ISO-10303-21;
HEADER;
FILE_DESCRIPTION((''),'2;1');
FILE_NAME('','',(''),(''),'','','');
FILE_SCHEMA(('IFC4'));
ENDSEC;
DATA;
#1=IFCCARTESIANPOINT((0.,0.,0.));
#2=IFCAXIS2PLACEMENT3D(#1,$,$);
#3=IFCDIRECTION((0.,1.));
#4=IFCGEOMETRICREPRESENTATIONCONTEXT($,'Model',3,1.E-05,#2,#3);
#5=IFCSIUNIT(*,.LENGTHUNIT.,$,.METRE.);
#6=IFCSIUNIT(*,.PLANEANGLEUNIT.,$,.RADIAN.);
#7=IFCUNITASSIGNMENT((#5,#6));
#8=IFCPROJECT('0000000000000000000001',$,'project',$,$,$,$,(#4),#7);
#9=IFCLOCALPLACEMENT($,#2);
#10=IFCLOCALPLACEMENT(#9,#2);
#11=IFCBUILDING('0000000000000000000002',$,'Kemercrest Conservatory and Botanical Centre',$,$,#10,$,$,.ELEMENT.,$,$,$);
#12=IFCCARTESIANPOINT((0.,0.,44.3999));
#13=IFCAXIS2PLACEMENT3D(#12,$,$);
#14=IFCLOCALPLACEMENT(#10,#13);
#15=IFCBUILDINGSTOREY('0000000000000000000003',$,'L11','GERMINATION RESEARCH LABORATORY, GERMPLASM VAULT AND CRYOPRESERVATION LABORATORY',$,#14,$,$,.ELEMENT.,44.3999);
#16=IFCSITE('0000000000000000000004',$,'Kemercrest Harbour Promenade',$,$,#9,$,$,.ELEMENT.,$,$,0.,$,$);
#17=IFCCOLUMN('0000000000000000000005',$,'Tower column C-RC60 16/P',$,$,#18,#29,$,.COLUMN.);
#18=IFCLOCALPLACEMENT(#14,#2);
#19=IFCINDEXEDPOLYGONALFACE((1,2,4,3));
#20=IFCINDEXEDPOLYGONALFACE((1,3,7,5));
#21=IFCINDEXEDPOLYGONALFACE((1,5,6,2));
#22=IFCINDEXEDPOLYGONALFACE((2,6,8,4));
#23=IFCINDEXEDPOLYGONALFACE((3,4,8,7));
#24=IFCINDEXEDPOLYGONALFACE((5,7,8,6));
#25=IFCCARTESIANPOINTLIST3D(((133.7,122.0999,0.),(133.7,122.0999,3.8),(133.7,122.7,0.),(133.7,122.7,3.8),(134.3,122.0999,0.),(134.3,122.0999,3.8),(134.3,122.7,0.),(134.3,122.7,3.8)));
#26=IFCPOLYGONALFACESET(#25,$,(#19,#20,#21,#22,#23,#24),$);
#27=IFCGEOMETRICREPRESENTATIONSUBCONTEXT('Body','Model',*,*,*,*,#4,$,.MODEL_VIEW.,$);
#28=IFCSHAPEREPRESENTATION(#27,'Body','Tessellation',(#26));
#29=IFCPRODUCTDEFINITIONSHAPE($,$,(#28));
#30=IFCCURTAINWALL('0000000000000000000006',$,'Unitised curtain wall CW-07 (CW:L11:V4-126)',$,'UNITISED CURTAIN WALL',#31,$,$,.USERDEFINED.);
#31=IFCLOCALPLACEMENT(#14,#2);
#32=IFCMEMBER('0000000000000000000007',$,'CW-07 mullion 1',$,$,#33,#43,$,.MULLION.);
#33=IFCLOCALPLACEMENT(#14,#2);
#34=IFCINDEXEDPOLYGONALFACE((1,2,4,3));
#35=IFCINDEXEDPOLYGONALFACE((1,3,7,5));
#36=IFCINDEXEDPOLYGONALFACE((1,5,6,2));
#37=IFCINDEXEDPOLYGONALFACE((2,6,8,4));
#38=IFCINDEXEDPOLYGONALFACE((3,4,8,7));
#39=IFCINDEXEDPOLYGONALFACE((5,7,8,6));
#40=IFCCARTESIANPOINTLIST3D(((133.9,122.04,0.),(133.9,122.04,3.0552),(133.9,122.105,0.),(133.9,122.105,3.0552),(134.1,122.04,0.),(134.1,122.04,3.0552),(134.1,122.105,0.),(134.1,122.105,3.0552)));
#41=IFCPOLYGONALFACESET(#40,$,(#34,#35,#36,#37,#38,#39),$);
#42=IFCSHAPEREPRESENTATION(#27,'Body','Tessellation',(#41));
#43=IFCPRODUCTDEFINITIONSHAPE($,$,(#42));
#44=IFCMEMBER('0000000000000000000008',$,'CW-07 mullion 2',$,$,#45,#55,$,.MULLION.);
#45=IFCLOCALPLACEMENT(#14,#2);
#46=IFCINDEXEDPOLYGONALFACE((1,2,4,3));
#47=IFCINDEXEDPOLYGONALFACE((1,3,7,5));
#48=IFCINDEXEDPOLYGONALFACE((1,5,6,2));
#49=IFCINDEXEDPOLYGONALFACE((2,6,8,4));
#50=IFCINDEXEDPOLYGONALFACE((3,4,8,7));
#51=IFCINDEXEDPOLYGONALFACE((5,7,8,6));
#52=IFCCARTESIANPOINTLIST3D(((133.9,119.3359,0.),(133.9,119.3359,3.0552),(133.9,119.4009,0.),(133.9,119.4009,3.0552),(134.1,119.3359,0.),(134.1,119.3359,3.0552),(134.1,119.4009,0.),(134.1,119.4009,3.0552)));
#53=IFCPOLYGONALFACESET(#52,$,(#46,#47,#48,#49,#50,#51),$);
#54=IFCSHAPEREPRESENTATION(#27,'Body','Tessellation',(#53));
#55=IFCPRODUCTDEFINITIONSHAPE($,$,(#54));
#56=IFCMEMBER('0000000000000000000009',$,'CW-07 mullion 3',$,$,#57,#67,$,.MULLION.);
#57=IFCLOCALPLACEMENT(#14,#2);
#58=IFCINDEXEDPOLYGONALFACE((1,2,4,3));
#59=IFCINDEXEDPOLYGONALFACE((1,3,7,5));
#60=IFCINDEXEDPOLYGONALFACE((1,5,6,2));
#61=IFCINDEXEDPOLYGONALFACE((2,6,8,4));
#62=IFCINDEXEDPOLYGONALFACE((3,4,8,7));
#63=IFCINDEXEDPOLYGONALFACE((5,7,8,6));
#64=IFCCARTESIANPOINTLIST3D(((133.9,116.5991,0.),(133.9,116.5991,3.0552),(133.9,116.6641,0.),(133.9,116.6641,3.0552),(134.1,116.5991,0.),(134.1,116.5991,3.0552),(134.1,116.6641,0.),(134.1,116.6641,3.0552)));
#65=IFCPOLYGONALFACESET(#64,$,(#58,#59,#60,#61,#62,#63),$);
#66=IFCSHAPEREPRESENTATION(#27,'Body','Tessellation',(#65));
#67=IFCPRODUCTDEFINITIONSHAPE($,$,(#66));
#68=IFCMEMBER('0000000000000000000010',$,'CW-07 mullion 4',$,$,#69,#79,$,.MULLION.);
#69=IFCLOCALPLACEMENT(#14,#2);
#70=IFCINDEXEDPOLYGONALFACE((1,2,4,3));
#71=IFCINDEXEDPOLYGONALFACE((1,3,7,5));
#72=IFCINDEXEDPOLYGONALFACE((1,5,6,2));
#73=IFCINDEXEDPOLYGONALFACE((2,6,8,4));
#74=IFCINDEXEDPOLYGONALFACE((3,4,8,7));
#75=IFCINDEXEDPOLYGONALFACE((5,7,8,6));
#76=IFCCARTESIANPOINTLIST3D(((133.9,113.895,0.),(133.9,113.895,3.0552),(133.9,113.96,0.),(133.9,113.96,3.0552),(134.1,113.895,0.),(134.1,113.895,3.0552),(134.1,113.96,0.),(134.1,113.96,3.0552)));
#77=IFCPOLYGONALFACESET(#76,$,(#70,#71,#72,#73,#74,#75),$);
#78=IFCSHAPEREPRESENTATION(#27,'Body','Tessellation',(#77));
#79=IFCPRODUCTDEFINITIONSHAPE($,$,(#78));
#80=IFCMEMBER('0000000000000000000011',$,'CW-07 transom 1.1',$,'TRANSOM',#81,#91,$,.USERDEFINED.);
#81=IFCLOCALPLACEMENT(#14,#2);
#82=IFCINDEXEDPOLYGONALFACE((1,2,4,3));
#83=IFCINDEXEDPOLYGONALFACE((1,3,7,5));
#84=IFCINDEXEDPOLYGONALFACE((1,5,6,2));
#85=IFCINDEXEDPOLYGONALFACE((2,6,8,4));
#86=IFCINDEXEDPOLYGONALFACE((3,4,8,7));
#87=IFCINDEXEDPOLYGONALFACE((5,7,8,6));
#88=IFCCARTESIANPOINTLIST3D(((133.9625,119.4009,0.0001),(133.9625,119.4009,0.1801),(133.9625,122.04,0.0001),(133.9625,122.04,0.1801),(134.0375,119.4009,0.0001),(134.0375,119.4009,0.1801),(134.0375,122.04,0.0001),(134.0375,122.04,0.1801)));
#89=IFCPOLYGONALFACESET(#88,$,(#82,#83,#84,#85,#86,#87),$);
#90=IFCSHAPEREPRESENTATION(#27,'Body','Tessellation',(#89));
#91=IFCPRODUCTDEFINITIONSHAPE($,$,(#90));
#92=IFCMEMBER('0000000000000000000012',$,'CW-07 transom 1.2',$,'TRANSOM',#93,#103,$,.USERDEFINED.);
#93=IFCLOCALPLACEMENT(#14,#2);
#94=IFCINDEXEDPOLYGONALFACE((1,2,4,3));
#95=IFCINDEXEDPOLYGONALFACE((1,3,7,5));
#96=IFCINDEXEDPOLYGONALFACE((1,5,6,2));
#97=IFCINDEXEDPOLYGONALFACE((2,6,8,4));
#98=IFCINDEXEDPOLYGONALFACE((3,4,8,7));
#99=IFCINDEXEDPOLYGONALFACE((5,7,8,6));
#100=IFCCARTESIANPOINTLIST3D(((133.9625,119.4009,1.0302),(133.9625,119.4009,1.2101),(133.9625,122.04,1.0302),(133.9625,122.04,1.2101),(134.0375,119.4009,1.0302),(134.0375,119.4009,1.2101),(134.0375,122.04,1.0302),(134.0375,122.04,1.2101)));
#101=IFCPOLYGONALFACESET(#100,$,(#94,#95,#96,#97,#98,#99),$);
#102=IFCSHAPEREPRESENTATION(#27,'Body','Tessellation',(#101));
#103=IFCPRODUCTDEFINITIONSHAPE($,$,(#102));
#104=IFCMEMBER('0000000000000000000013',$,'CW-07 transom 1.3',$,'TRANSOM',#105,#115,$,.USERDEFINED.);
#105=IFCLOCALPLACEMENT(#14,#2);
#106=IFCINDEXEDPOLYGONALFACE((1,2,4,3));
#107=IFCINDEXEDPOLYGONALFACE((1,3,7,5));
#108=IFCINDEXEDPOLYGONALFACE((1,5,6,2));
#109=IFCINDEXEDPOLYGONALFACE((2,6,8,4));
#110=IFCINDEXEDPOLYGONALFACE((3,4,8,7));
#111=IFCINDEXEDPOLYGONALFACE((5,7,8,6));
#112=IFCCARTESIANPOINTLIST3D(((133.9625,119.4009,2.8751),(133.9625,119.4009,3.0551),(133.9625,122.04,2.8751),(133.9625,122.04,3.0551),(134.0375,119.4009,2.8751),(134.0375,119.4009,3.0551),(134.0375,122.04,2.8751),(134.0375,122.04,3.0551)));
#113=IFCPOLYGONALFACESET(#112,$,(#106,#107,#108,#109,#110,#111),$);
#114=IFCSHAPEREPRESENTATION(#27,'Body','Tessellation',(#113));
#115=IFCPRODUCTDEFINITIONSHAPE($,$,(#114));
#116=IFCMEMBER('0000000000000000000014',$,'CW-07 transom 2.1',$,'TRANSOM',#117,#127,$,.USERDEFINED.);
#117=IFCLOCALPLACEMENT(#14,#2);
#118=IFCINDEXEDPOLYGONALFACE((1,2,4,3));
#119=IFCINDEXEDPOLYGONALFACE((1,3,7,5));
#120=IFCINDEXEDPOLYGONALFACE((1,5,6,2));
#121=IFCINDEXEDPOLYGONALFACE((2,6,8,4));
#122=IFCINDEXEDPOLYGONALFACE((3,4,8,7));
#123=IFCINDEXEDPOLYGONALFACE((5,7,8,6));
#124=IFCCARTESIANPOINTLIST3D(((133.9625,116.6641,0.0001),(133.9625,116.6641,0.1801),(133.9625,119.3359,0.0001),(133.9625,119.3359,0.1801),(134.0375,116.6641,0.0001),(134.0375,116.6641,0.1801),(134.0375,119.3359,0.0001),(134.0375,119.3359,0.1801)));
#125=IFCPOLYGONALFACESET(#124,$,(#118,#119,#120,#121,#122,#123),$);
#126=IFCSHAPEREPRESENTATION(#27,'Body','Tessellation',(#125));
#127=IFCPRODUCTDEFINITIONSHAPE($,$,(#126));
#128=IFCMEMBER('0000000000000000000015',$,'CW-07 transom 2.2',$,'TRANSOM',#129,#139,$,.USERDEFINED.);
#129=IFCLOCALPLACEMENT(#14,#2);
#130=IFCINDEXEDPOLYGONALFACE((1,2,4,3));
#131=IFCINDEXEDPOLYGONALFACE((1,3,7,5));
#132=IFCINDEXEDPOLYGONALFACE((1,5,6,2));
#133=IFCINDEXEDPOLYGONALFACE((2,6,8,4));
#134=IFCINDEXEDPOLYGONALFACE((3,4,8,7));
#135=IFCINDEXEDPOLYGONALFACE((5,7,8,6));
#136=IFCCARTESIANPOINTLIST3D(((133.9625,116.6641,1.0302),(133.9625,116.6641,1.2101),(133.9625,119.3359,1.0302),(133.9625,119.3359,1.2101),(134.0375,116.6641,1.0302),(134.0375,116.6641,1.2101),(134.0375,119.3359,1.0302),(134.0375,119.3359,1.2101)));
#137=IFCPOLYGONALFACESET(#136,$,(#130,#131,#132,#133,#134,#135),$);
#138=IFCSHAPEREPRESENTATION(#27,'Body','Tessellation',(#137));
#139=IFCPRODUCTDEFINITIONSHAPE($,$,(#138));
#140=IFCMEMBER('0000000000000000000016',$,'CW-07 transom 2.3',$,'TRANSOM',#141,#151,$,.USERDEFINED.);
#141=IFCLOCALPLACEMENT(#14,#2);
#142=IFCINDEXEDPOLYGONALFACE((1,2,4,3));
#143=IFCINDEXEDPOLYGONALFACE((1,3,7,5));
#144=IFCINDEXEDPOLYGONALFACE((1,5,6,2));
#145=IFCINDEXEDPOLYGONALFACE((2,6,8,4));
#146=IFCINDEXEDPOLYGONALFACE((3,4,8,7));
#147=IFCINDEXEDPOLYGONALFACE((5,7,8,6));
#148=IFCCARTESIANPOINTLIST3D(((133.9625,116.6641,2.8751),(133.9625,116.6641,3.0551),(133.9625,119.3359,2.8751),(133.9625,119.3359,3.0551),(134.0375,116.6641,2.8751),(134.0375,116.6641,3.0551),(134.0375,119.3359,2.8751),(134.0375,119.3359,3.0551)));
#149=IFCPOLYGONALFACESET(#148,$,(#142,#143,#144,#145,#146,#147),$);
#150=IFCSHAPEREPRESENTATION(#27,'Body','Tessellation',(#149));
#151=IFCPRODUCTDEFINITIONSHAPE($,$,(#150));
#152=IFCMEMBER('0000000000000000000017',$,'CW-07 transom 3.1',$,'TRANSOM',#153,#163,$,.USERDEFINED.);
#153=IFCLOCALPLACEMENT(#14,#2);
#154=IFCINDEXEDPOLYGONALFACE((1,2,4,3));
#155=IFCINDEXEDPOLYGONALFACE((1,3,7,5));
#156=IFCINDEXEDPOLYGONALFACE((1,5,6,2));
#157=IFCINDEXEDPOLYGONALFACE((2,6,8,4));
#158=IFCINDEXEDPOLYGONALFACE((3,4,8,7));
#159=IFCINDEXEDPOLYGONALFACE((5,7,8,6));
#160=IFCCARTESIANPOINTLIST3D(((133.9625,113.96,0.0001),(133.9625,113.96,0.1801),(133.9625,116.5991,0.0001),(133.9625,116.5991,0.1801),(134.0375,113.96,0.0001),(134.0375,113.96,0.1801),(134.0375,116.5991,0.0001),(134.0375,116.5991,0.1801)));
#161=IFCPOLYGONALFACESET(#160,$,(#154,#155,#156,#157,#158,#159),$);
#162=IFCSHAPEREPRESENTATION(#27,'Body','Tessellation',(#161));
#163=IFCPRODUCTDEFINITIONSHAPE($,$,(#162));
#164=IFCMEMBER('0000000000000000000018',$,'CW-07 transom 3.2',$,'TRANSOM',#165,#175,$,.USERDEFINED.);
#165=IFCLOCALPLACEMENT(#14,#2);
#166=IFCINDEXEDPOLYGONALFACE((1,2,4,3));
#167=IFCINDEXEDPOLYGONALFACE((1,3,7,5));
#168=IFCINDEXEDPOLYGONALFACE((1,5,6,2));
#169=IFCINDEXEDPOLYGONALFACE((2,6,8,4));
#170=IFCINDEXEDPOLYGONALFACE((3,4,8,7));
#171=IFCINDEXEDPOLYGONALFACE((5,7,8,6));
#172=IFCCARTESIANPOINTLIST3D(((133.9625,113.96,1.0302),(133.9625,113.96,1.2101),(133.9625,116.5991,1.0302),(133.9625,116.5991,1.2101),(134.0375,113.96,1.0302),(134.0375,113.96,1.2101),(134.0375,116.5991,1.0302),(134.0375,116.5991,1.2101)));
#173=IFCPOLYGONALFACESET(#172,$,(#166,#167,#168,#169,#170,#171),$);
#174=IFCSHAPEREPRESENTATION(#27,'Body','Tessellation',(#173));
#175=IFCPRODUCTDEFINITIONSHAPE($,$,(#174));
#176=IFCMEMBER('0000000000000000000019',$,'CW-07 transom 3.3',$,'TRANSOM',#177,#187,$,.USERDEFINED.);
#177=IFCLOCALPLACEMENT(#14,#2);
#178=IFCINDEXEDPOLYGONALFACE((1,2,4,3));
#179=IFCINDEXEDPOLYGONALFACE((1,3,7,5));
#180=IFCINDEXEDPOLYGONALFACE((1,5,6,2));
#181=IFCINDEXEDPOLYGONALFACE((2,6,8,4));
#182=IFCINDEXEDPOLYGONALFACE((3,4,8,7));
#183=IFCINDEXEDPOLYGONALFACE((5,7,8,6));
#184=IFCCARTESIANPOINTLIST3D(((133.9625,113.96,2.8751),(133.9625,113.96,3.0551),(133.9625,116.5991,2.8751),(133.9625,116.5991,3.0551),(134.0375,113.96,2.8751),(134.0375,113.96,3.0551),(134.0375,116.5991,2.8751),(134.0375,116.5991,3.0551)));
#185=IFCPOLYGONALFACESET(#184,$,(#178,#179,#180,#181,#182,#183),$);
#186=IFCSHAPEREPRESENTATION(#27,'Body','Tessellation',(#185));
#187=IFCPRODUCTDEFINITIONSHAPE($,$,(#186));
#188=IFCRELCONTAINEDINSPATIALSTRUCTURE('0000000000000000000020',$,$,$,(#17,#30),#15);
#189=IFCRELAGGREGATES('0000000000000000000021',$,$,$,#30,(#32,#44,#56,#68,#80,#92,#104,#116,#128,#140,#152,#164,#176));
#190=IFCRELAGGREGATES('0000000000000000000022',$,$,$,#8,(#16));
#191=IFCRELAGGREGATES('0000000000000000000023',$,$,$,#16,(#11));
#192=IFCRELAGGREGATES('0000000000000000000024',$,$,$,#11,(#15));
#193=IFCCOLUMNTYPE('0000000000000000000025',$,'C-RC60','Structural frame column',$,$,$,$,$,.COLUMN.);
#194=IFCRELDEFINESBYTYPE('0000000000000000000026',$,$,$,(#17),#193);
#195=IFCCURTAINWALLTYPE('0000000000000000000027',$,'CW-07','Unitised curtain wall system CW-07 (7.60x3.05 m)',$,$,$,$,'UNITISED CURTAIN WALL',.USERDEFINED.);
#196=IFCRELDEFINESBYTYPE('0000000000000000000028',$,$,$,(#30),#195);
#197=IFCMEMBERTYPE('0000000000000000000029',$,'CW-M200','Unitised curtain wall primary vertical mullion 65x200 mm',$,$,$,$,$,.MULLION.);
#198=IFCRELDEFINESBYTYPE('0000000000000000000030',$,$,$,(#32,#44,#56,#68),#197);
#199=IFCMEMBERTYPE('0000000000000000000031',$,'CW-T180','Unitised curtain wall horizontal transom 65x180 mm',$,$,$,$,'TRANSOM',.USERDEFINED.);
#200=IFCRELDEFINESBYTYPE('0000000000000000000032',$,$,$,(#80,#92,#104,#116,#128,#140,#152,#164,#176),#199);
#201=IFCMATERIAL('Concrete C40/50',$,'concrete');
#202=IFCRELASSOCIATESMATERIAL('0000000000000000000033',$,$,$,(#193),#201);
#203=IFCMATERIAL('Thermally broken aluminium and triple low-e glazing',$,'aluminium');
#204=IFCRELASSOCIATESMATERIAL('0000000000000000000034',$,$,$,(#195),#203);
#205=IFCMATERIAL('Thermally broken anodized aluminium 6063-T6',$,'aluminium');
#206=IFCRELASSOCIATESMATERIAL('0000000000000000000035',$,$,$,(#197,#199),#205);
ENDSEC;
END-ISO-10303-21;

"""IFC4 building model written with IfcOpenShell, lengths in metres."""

from ifc_helpers import new_model, si_unit, direction, frame, origin, origin_2d, place, context, subcontext, project, spatial, rectangle, extrude, material, material_profile, profile_set, type_object, element, aggregate, save


model = new_model("IFC4")

# Units and contexts
model_context = context("Model", 3, precision=1e-05, world=origin(), true_north=direction((0.0, 1.0)))
body_context = subcontext(model_context, "Body", "Model", "MODEL_VIEW")
ifc_project = project(units=[si_unit("LENGTHUNIT", "METRE"), si_unit("PLANEANGLEUNIT", "RADIAN")], contexts=[model_context])

# Site, building, storey
site_placement = place(None, origin())
site = spatial("IfcSite", under=ifc_project, at=site_placement, Name="Kemercrest Harbour Promenade", CompositionType="ELEMENT", RefElevation=0.0)
building_placement = place(site_placement, origin())
building = spatial("IfcBuilding", under=site, at=building_placement, Name="Kemercrest Conservatory and Botanical Centre", CompositionType="ELEMENT")
storey_placement = place(building_placement, frame((0.0, 0.0, 44.3999)))
storey = spatial("IfcBuildingStorey", under=building, at=storey_placement, Name="L11", Description="GERMINATION RESEARCH LABORATORY, GERMPLASM VAULT AND CRYOPRESERVATION LABORATORY", CompositionType="ELEMENT", Elevation=44.3999)

# Column
ifc_material_1 = material(Name="Concrete C40/50", Category="concrete")
ifc_material_profile_1 = material_profile(ifc_material_1, rectangle(XDim=0.6001, YDim=0.6001, at=origin_2d()), Name="RC 600x600")
ifc_profile_set_1 = profile_set([ifc_material_profile_1], Name="Concrete C40/50")
column_type = type_object("IfcColumnType", Name="C-RC60", Description="Structural frame column", PredefinedType="COLUMN", material=ifc_profile_set_1)
column_placement = place(storey_placement, frame((134.0, 122.3999, 0.0), z_axis=(0.0, 0.0, 1.0), x_axis=(1.0, 0.0, 0.0)))
element("IfcColumn", 1, at=column_placement, inside=storey, type_object=column_type, Name="Tower column C-RC60 16/P", PredefinedType="COLUMN", context=body_context, shape_type="SweptSolid", body=[
    extrude(rectangle(XDim=0.6001, YDim=0.6001, at=origin_2d()), origin(), (0.0, 0.0, 1.0), 3.8),
])

# Curtain wall, members
ifc_material_2 = material(Name="Thermally broken aluminium and triple low-e glazing", Category="aluminium")
curtain_wall_type = type_object("IfcCurtainWallType", Name="CW-07", Description="Unitised curtain wall system CW-07 (7.60x3.05 m)", ElementType="UNITISED CURTAIN WALL", PredefinedType="USERDEFINED", material=ifc_material_2)
curtain_wall_placement = place(storey_placement, origin())
curtain_wall = element("IfcCurtainWall", 2, at=curtain_wall_placement, inside=storey, type_object=curtain_wall_type, Name="Unitised curtain wall CW-07 (CW:L11:V4-126)", ObjectType="UNITISED CURTAIN WALL", PredefinedType="USERDEFINED")
ifc_material_3 = material(Name="Thermally broken anodized aluminium 6063-T6", Category="aluminium")
ifc_material_profile_2 = material_profile(ifc_material_3, rectangle(XDim=0.2, YDim=0.0649, at=origin_2d()), Name="AL MULLION 65x200")
ifc_profile_set_2 = profile_set([ifc_material_profile_2], Name="Thermally broken anodized aluminium 6063-T6")
member_type_1 = type_object("IfcMemberType", Name="CW-M200", Description="Unitised curtain wall primary vertical mullion 65x200 mm", PredefinedType="MULLION", material=ifc_profile_set_2)
member_1_placement = place(storey_placement, frame((134.0, 122.0725, 0.0), z_axis=(0.0, 0.0, 1.0), x_axis=(1.0, 0.0, 0.0)))
member_1 = element("IfcMember", 3, at=member_1_placement, type_object=member_type_1, Name="CW-07 mullion 1", PredefinedType="MULLION", context=body_context, shape_type="SweptSolid", body=[
    extrude(rectangle(XDim=0.2, YDim=0.0649, at=origin_2d()), origin(), (0.0, 0.0, 1.0), 3.0552),
])
member_2_placement = place(storey_placement, frame((134.0, 119.3684, 0.0), z_axis=(0.0, 0.0, 1.0), x_axis=(1.0, 0.0, 0.0)))
member_2 = element("IfcMember", 4, at=member_2_placement, type_object=member_type_1, Name="CW-07 mullion 2", PredefinedType="MULLION", context=body_context, shape_type="SweptSolid", body=[
    extrude(rectangle(XDim=0.2, YDim=0.0649, at=origin_2d()), origin(), (0.0, 0.0, 1.0), 3.0552),
])
member_3_placement = place(storey_placement, frame((134.0, 116.6316, 0.0), z_axis=(0.0, 0.0, 1.0), x_axis=(1.0, 0.0, 0.0)))
member_3 = element("IfcMember", 5, at=member_3_placement, type_object=member_type_1, Name="CW-07 mullion 3", PredefinedType="MULLION", context=body_context, shape_type="SweptSolid", body=[
    extrude(rectangle(XDim=0.2, YDim=0.0649, at=origin_2d()), origin(), (0.0, 0.0, 1.0), 3.0552),
])
member_4_placement = place(storey_placement, frame((134.0, 113.9275, 0.0), z_axis=(0.0, 0.0, 1.0), x_axis=(1.0, 0.0, 0.0)))
member_4 = element("IfcMember", 6, at=member_4_placement, type_object=member_type_1, Name="CW-07 mullion 4", PredefinedType="MULLION", context=body_context, shape_type="SweptSolid", body=[
    extrude(rectangle(XDim=0.2, YDim=0.0649, at=origin_2d()), origin(), (0.0, 0.0, 1.0), 3.0552),
])
ifc_material_profile_3 = material_profile(ifc_material_3, rectangle(XDim=0.075, YDim=0.1799, at=origin_2d()), Name="AL TRANSOM 75x180")
ifc_profile_set_3 = profile_set([ifc_material_profile_3], Name="Thermally broken anodized aluminium 6063-T6")
member_type_2 = type_object("IfcMemberType", Name="CW-T180", Description="Unitised curtain wall horizontal transom 65x180 mm", ElementType="TRANSOM", PredefinedType="USERDEFINED", material=ifc_profile_set_3)
member_5_placement = place(storey_placement, frame((134.0, 122.04, 0.0901), z_axis=(0.0, -1.0, 0.0), x_axis=(1.0, 0.0, 0.0)))
member_5 = element("IfcMember", 7, at=member_5_placement, type_object=member_type_2, Name="CW-07 transom 1.1", ObjectType="TRANSOM", PredefinedType="USERDEFINED", context=body_context, shape_type="SweptSolid", body=[
    extrude(rectangle(XDim=0.075, YDim=0.1799, at=origin_2d()), origin(), (0.0, 0.0, 1.0), 2.6392),
])
member_6_placement = place(storey_placement, frame((134.0, 122.04, 1.1201), z_axis=(0.0, -1.0, 0.0), x_axis=(1.0, 0.0, 0.0)))
member_6 = element("IfcMember", 8, at=member_6_placement, type_object=member_type_2, Name="CW-07 transom 1.2", ObjectType="TRANSOM", PredefinedType="USERDEFINED", context=body_context, shape_type="SweptSolid", body=[
    extrude(rectangle(XDim=0.075, YDim=0.1799, at=origin_2d()), origin(), (0.0, 0.0, 1.0), 2.6392),
])
member_7_placement = place(storey_placement, frame((134.0, 122.04, 2.9651), z_axis=(0.0, -1.0, 0.0), x_axis=(1.0, 0.0, 0.0)))
member_7 = element("IfcMember", 9, at=member_7_placement, type_object=member_type_2, Name="CW-07 transom 1.3", ObjectType="TRANSOM", PredefinedType="USERDEFINED", context=body_context, shape_type="SweptSolid", body=[
    extrude(rectangle(XDim=0.075, YDim=0.1799, at=origin_2d()), origin(), (0.0, 0.0, 1.0), 2.6392),
])
member_8_placement = place(storey_placement, frame((134.0, 119.3359, 0.0901), z_axis=(0.0, -1.0, 0.0), x_axis=(1.0, 0.0, 0.0)))
member_8 = element("IfcMember", 10, at=member_8_placement, type_object=member_type_2, Name="CW-07 transom 2.1", ObjectType="TRANSOM", PredefinedType="USERDEFINED", context=body_context, shape_type="SweptSolid", body=[
    extrude(rectangle(XDim=0.075, YDim=0.1799, at=origin_2d()), origin(), (0.0, 0.0, 1.0), 2.6719),
])
member_9_placement = place(storey_placement, frame((134.0, 119.3359, 1.1201), z_axis=(0.0, -1.0, 0.0), x_axis=(1.0, 0.0, 0.0)))
member_9 = element("IfcMember", 11, at=member_9_placement, type_object=member_type_2, Name="CW-07 transom 2.2", ObjectType="TRANSOM", PredefinedType="USERDEFINED", context=body_context, shape_type="SweptSolid", body=[
    extrude(rectangle(XDim=0.075, YDim=0.1799, at=origin_2d()), origin(), (0.0, 0.0, 1.0), 2.6719),
])
member_10_placement = place(storey_placement, frame((134.0, 119.3359, 2.9651), z_axis=(0.0, -1.0, 0.0), x_axis=(1.0, 0.0, 0.0)))
member_10 = element("IfcMember", 12, at=member_10_placement, type_object=member_type_2, Name="CW-07 transom 2.3", ObjectType="TRANSOM", PredefinedType="USERDEFINED", context=body_context, shape_type="SweptSolid", body=[
    extrude(rectangle(XDim=0.075, YDim=0.1799, at=origin_2d()), origin(), (0.0, 0.0, 1.0), 2.6719),
])
member_11_placement = place(storey_placement, frame((134.0, 116.5991, 0.0901), z_axis=(0.0, -1.0, 0.0), x_axis=(1.0, 0.0, 0.0)))
member_11 = element("IfcMember", 13, at=member_11_placement, type_object=member_type_2, Name="CW-07 transom 3.1", ObjectType="TRANSOM", PredefinedType="USERDEFINED", context=body_context, shape_type="SweptSolid", body=[
    extrude(rectangle(XDim=0.075, YDim=0.1799, at=origin_2d()), origin(), (0.0, 0.0, 1.0), 2.6392),
])
member_12_placement = place(storey_placement, frame((134.0, 116.5991, 1.1201), z_axis=(0.0, -1.0, 0.0), x_axis=(1.0, 0.0, 0.0)))
member_12 = element("IfcMember", 14, at=member_12_placement, type_object=member_type_2, Name="CW-07 transom 3.2", ObjectType="TRANSOM", PredefinedType="USERDEFINED", context=body_context, shape_type="SweptSolid", body=[
    extrude(rectangle(XDim=0.075, YDim=0.1799, at=origin_2d()), origin(), (0.0, 0.0, 1.0), 2.6392),
])
member_13_placement = place(storey_placement, frame((134.0, 116.5991, 2.9651), z_axis=(0.0, -1.0, 0.0), x_axis=(1.0, 0.0, 0.0)))
member_13 = element("IfcMember", 15, at=member_13_placement, type_object=member_type_2, Name="CW-07 transom 3.3", ObjectType="TRANSOM", PredefinedType="USERDEFINED", context=body_context, shape_type="SweptSolid", body=[
    extrude(rectangle(XDim=0.075, YDim=0.1799, at=origin_2d()), origin(), (0.0, 0.0, 1.0), 2.6392),
])

aggregate(curtain_wall, [member_1, member_2, member_3, member_4, member_5, member_6, member_7, member_8, member_9, member_10, member_11, member_12, member_13])

save(model, "model.ifc")
